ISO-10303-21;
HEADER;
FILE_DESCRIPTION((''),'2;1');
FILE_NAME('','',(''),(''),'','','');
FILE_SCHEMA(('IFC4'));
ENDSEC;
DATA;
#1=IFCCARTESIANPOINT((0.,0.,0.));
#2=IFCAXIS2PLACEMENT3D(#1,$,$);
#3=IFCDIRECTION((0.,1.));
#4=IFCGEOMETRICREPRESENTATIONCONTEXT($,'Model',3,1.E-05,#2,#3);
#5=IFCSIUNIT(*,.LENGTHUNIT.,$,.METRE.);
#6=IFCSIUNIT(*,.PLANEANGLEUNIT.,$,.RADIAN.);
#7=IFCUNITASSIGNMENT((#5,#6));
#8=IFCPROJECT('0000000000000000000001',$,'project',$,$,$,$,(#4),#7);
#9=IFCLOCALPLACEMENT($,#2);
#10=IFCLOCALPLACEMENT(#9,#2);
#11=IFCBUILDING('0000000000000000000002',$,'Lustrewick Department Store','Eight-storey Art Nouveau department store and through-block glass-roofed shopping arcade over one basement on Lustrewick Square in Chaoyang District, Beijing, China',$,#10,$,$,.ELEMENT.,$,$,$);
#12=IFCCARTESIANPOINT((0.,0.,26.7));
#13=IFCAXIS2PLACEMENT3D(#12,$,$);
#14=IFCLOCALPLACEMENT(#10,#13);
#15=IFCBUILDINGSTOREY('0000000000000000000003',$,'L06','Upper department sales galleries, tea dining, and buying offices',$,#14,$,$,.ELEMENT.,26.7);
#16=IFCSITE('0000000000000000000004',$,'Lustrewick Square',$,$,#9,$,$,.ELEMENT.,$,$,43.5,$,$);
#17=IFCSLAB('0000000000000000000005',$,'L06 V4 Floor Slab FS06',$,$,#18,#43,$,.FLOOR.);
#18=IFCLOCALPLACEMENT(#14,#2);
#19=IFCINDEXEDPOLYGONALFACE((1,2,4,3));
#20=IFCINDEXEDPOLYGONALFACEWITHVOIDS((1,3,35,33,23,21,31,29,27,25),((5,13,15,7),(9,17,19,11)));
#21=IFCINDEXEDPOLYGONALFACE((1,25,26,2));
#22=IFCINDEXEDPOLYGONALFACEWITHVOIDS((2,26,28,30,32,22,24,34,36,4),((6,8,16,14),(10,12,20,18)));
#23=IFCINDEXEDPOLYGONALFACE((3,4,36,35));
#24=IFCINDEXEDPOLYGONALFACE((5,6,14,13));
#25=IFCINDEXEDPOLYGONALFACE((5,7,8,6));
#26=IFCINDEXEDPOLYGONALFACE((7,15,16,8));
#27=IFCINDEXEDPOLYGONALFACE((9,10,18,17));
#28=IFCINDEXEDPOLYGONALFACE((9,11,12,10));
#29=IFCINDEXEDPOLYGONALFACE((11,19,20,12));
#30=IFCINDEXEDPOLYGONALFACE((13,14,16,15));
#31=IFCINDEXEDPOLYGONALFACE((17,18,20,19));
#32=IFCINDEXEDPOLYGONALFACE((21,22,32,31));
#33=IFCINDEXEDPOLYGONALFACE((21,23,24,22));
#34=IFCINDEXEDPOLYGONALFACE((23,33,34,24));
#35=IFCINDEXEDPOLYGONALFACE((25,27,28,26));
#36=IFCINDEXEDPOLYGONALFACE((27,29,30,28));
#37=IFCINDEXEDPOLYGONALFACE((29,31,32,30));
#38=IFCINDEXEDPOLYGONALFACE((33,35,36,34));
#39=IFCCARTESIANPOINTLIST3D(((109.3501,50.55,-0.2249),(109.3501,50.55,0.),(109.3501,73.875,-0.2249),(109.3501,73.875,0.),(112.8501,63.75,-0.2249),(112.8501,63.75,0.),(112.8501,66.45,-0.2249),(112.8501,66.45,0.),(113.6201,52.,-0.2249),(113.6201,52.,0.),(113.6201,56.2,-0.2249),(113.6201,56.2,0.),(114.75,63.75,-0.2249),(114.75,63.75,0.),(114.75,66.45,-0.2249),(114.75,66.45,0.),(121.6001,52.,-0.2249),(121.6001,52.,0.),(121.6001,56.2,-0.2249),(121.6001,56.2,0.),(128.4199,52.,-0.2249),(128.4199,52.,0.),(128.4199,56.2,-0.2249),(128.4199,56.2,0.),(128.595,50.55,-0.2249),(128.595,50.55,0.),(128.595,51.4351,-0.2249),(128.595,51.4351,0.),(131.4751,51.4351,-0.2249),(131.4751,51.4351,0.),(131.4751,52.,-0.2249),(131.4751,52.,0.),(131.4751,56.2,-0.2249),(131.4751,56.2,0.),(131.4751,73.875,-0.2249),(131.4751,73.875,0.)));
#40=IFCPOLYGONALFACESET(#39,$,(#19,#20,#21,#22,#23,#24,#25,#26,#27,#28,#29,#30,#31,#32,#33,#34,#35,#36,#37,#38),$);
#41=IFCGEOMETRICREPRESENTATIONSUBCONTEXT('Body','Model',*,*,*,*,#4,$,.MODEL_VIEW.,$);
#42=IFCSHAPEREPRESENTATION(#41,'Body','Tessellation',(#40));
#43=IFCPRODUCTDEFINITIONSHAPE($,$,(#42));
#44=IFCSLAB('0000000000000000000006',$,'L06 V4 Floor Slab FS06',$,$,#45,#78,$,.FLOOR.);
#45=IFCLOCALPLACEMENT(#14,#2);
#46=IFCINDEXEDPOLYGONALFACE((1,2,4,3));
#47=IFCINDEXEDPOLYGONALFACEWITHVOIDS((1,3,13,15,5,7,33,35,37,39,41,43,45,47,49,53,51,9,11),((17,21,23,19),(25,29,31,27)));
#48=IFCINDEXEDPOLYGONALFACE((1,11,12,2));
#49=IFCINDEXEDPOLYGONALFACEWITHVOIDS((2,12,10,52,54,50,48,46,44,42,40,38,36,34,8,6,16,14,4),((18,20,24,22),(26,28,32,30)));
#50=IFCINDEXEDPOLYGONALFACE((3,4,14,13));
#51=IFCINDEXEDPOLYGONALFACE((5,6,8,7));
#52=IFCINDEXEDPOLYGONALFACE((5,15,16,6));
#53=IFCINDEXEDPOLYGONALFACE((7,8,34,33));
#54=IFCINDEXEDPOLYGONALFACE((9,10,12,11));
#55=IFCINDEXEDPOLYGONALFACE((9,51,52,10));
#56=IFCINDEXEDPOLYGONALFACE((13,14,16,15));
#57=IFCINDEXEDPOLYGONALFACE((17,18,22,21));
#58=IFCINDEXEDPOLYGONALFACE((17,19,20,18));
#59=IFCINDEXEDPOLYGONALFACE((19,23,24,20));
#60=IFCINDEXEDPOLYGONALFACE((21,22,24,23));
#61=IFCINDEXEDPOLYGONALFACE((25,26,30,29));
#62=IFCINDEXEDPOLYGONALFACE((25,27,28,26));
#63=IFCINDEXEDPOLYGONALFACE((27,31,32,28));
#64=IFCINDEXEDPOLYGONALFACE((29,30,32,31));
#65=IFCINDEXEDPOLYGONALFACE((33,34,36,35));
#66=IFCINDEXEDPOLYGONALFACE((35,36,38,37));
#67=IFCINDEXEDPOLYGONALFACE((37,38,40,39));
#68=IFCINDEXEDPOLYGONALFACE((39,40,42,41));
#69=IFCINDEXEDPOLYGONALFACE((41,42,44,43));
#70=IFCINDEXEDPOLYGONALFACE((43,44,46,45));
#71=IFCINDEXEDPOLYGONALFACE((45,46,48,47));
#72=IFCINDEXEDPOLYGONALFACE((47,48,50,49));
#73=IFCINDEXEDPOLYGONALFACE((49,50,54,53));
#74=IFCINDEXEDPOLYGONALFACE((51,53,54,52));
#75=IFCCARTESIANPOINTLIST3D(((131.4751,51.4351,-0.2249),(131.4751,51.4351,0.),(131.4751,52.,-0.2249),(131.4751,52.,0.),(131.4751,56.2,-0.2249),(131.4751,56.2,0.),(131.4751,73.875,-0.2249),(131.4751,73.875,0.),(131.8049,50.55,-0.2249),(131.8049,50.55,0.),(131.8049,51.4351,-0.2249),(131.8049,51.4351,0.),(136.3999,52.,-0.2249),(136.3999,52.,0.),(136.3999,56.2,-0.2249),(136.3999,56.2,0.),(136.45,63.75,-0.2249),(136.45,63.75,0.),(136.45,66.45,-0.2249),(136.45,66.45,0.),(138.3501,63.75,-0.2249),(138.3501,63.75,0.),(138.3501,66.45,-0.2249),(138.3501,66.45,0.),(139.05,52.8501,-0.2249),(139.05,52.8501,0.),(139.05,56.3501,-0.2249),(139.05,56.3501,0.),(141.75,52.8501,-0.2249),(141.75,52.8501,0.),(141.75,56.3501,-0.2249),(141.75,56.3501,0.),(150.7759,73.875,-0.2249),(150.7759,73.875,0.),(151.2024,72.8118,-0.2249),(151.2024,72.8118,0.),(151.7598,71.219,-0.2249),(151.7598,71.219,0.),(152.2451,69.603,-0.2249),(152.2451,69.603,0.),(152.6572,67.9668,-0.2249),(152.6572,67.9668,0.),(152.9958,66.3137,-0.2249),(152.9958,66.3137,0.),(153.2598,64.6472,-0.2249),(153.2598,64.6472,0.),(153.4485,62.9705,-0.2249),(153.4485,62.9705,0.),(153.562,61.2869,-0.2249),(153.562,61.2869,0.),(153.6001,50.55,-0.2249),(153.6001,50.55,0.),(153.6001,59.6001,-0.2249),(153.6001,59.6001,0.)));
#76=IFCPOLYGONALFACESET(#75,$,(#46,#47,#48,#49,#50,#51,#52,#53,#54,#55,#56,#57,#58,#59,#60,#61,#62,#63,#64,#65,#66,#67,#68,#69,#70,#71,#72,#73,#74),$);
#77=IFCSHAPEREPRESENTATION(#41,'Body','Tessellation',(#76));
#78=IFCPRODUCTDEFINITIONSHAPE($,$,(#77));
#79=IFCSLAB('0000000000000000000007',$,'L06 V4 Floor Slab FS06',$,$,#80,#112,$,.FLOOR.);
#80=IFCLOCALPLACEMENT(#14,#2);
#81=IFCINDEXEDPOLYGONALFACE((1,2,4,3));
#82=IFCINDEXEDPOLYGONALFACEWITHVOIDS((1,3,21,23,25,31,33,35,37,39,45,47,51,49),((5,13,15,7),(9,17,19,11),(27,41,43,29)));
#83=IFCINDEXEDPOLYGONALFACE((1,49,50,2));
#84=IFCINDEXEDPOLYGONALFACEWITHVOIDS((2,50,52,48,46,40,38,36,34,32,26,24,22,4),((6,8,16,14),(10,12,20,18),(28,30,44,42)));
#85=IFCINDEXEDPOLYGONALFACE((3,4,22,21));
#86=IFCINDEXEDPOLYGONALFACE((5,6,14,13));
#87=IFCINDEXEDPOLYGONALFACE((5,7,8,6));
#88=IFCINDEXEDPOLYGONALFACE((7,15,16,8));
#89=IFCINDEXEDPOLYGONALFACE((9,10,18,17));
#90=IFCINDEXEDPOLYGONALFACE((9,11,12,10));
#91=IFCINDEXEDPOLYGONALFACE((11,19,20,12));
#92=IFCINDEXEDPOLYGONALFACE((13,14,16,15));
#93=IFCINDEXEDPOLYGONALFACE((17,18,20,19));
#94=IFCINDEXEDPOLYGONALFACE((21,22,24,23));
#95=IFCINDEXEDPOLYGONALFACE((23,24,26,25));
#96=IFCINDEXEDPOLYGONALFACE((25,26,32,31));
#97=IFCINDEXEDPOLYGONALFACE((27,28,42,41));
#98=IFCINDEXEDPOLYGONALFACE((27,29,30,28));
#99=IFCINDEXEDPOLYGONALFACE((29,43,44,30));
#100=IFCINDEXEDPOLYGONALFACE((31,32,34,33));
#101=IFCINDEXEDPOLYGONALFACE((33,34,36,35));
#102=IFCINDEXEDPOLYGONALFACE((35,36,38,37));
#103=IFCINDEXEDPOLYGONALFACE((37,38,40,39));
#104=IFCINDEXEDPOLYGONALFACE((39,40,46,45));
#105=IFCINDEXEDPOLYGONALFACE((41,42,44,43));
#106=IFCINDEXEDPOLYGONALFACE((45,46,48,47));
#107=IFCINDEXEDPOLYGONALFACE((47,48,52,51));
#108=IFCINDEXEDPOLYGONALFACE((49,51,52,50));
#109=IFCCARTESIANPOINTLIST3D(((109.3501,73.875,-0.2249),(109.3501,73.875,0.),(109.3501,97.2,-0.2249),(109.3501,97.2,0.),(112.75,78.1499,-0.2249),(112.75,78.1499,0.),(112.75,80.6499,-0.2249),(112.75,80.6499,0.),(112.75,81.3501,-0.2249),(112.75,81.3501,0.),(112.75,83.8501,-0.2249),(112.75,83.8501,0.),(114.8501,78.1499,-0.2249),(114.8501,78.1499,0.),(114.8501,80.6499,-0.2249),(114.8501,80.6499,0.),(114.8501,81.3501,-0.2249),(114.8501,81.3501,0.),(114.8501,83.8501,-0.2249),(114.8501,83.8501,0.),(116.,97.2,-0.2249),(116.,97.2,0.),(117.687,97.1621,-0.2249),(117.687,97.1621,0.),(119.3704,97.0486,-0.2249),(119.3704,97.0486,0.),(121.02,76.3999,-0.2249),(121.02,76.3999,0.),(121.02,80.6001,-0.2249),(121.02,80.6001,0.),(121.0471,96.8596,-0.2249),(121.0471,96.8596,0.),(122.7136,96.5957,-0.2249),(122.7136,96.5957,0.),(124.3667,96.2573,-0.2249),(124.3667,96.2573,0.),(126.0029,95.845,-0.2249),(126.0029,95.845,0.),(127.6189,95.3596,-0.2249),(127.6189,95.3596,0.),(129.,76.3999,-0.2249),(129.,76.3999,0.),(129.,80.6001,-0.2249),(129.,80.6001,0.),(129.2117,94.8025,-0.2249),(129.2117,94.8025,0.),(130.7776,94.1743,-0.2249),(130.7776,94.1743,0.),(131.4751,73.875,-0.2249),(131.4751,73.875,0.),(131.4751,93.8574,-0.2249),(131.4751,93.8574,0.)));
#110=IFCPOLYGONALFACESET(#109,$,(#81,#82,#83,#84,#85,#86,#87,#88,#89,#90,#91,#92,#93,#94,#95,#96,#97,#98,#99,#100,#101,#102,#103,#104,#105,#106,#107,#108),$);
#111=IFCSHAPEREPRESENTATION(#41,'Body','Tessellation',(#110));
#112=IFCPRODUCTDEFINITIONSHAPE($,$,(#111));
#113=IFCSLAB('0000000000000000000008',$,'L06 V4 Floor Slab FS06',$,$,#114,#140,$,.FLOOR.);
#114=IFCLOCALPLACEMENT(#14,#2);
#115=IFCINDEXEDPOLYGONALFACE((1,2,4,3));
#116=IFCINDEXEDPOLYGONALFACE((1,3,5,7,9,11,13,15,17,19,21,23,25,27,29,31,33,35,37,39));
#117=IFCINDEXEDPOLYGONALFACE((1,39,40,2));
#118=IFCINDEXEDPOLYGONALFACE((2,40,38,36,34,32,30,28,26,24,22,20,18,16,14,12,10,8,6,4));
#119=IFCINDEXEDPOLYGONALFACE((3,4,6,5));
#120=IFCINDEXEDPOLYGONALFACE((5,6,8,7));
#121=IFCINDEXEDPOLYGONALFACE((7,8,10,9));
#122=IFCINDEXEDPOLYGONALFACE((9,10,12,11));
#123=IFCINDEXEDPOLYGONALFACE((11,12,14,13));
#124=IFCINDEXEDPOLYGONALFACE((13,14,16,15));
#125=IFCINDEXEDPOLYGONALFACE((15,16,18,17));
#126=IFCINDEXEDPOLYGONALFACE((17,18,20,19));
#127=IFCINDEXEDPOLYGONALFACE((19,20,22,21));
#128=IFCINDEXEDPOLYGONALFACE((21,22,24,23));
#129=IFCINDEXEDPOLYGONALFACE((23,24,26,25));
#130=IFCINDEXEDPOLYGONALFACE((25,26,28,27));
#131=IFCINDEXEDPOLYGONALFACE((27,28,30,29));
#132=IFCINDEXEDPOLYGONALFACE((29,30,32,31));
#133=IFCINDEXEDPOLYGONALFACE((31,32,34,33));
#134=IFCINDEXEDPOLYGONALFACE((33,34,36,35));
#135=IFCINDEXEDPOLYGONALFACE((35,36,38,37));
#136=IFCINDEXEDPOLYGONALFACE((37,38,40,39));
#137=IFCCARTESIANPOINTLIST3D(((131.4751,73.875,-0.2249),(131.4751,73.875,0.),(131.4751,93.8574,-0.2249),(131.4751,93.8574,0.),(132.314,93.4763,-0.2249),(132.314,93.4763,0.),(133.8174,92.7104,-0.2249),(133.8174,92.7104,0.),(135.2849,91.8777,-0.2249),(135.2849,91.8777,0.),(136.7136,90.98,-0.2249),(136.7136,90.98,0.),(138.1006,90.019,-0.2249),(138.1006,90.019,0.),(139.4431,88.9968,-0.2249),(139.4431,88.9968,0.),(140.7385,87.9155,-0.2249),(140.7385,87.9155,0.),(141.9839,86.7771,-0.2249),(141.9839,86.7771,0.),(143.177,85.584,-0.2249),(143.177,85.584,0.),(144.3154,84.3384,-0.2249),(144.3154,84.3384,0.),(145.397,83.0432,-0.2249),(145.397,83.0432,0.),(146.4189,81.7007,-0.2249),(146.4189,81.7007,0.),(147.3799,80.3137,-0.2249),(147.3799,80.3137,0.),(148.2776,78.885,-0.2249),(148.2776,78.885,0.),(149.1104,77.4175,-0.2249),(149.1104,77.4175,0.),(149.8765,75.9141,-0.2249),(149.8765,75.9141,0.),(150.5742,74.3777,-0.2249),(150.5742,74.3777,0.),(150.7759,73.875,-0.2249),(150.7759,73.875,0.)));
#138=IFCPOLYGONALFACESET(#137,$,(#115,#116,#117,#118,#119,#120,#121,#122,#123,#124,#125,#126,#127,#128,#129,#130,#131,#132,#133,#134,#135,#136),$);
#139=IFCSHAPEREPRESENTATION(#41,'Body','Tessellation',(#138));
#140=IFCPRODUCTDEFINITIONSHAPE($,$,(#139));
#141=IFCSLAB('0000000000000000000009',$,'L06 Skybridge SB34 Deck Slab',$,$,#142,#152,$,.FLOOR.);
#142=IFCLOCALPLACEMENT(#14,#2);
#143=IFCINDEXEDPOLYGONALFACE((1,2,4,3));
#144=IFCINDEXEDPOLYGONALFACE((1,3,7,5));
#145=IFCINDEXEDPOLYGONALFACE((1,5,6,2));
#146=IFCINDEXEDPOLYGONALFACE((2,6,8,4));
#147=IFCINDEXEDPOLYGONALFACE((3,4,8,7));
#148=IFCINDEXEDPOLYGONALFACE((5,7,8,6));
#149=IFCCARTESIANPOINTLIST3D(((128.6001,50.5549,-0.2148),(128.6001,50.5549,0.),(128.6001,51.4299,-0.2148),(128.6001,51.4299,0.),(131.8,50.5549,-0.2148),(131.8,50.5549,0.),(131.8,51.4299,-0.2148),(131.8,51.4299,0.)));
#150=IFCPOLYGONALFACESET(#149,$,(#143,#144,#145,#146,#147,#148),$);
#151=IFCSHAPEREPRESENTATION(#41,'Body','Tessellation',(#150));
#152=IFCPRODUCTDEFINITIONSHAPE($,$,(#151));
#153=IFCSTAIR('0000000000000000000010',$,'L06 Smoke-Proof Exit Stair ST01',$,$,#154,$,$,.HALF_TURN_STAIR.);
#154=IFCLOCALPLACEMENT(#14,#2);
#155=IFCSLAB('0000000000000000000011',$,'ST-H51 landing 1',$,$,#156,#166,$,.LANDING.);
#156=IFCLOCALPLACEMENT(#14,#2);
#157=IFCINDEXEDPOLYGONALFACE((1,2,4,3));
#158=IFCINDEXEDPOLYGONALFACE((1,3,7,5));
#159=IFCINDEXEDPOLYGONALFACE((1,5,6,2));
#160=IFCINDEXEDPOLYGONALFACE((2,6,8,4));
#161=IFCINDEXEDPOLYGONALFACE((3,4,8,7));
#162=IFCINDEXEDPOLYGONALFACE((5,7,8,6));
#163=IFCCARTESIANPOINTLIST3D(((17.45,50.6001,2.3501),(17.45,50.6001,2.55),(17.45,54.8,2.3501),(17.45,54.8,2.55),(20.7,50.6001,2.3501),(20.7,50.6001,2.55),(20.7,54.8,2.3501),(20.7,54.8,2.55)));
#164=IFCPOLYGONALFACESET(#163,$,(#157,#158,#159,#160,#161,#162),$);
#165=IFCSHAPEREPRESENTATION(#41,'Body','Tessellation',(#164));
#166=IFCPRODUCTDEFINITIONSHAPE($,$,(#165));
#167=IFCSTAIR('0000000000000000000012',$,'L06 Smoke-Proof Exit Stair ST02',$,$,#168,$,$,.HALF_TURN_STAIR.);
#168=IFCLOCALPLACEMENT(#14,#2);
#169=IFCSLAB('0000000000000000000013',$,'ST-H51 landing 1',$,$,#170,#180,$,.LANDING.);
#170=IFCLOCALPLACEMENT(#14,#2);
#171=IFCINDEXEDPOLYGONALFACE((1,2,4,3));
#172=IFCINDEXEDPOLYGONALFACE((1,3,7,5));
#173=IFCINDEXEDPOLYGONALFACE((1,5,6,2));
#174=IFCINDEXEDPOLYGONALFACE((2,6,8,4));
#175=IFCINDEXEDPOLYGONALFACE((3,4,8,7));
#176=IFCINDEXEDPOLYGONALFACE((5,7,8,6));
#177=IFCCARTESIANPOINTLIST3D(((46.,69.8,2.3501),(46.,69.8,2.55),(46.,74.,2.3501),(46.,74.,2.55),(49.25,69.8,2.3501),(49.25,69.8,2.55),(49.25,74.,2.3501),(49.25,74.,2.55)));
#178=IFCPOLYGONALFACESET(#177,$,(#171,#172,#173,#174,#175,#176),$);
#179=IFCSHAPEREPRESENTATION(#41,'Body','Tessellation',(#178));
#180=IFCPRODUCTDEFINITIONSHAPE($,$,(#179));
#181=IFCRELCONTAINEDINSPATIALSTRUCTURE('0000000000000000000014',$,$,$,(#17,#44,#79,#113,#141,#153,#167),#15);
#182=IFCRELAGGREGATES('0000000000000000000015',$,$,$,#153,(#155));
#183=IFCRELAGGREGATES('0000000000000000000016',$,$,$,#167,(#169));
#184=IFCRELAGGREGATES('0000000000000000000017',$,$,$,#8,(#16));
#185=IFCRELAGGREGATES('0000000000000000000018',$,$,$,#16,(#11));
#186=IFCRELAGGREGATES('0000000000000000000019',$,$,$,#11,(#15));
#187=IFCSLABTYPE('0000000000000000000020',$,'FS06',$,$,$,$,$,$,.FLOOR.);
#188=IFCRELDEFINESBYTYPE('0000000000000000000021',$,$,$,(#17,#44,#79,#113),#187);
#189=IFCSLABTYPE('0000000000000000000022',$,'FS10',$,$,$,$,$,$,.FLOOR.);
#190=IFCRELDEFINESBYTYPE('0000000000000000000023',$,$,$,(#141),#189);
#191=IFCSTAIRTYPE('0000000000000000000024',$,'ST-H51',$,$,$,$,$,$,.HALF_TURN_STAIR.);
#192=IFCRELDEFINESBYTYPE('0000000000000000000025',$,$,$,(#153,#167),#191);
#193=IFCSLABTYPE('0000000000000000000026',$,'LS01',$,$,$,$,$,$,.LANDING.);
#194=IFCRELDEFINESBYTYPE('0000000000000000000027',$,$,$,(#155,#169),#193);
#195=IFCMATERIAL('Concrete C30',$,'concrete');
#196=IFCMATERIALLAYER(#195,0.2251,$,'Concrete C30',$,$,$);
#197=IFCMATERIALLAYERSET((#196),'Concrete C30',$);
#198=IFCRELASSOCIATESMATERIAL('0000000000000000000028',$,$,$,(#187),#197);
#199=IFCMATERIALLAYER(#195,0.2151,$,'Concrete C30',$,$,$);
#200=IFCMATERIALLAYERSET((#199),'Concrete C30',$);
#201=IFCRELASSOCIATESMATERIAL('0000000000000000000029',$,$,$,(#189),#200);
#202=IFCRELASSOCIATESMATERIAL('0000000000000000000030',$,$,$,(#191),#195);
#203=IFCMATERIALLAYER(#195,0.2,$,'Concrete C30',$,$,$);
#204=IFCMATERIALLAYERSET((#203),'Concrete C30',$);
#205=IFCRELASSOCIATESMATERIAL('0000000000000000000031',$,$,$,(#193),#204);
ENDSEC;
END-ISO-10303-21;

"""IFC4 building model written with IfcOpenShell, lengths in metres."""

from ifc_helpers import new_model, si_unit, direction, frame, origin, place, context, subcontext, project, spatial, polyline, outline, extrude, material, layer, layer_set, type_object, element, aggregate, save


model = new_model("IFC4")

# Units and contexts
model_context = context("Model", 3, precision=1e-05, world=origin(), true_north=direction((0.0, 1.0)))
body_context = subcontext(model_context, "Body", "Model", "MODEL_VIEW")
ifc_project = project(units=[si_unit("LENGTHUNIT", "METRE"), si_unit("PLANEANGLEUNIT", "RADIAN")], contexts=[model_context])

# Site, building, storey
site_placement = place(None, origin())
site = spatial("IfcSite", under=ifc_project, at=site_placement, Name="Lustrewick Square", CompositionType="ELEMENT", RefElevation=43.5)
building_placement = place(site_placement, origin())
building = spatial("IfcBuilding", under=site, at=building_placement, Name="Lustrewick Department Store", Description="Eight-storey Art Nouveau department store and through-block glass-roofed shopping arcade over one basement on Lustrewick Square in Chaoyang District, Beijing, China", CompositionType="ELEMENT")
storey_placement = place(building_placement, frame((0.0, 0.0, 26.7)))
storey = spatial("IfcBuildingStorey", under=building, at=storey_placement, Name="L06", Description="Upper department sales galleries, tea dining, and buying offices", CompositionType="ELEMENT", Elevation=26.7)

# Slabs
ifc_material_1 = material(Name="Concrete C30", Category="concrete")
ifc_layer_1 = layer(ifc_material_1, 0.2251, Name="Concrete C30")
ifc_layer_set_1 = layer_set([ifc_layer_1], Name="Concrete C30")
slab_type_1 = type_object("IfcSlabType", Name="FS06", PredefinedType="FLOOR", material=ifc_layer_set_1)
slab_1_placement = place(storey_placement, frame((0.0, 0.0, -0.2249)))
element("IfcSlab", 1, at=slab_1_placement, inside=storey, type_object=slab_type_1, Name="L06 V4 Floor Slab FS06", PredefinedType="FLOOR", context=body_context, shape_type="SweptSolid", body=[
    extrude(outline(polyline([(109.3501, 50.55), (128.595, 50.55), (128.595, 51.4351), (131.4751, 51.4351), (131.4751, 52.0), (128.4199, 52.0), (128.4199, 56.2), (131.4751, 56.2), (131.4751, 73.875), (109.3501, 73.875), (109.3501, 50.55)]), holes=[polyline([(113.6201, 52.0), (113.6201, 56.2), (121.6001, 56.2), (121.6001, 52.0), (113.6201, 52.0)]), polyline([(114.75, 63.75), (112.8501, 63.75), (112.8501, 66.45), (114.75, 66.45), (114.75, 63.75)])]), origin(), (0.0, 0.0, 1.0), 0.2249),
])
slab_2_placement = place(storey_placement, frame((0.0, 0.0, -0.2249)))
element("IfcSlab", 2, at=slab_2_placement, inside=storey, type_object=slab_type_1, Name="L06 V4 Floor Slab FS06", PredefinedType="FLOOR", context=body_context, shape_type="SweptSolid", body=[
    extrude(outline(polyline([(151.2024, 72.8118), (150.7759, 73.875), (131.4751, 73.875), (131.4751, 56.2), (136.3999, 56.2), (136.3999, 52.0), (131.4751, 52.0), (131.4751, 51.4351), (131.8049, 51.4351), (131.8049, 50.55), (153.6001, 50.55), (153.6001, 59.6001), (153.562, 61.2869), (153.4485, 62.9705), (153.2598, 64.6472), (152.9958, 66.3137), (152.6572, 67.9668), (152.2451, 69.603), (151.7598, 71.219), (151.2024, 72.8118)]), holes=[polyline([(141.75, 52.8501), (139.05, 52.8501), (139.05, 56.3501), (141.75, 56.3501), (141.75, 52.8501)]), polyline([(138.3501, 63.75), (136.45, 63.75), (136.45, 66.45), (138.3501, 66.45), (138.3501, 63.75)])]), origin(), (0.0, 0.0, 1.0), 0.2249),
])
slab_3_placement = place(storey_placement, frame((0.0, 0.0, -0.2249)))
element("IfcSlab", 3, at=slab_3_placement, inside=storey, type_object=slab_type_1, Name="L06 V4 Floor Slab FS06", PredefinedType="FLOOR", context=body_context, shape_type="SweptSolid", body=[
    extrude(outline(polyline([(109.3501, 97.2), (109.3501, 73.875), (131.4751, 73.875), (131.4751, 93.8574), (130.7776, 94.1743), (129.2117, 94.8025), (127.6189, 95.3596), (126.0029, 95.845), (124.3667, 96.2573), (122.7136, 96.5957), (121.0471, 96.8596), (119.3704, 97.0486), (117.687, 97.1621), (116.0, 97.2), (109.3501, 97.2)]), holes=[polyline([(121.02, 76.3999), (121.02, 80.6001), (129.0, 80.6001), (129.0, 76.3999), (121.02, 76.3999)]), polyline([(112.75, 78.1499), (112.75, 80.6499), (114.8501, 80.6499), (114.8501, 78.1499), (112.75, 78.1499)]), polyline([(112.75, 81.3501), (112.75, 83.8501), (114.8501, 83.8501), (114.8501, 81.3501), (112.75, 81.3501)])]), origin(), (0.0, 0.0, 1.0), 0.2249),
])
slab_4_placement = place(storey_placement, frame((0.0, 0.0, -0.2249)))
element("IfcSlab", 4, at=slab_4_placement, inside=storey, type_object=slab_type_1, Name="L06 V4 Floor Slab FS06", PredefinedType="FLOOR", context=body_context, shape_type="SweptSolid", body=[
    extrude(outline(polyline([(132.314, 93.4763), (131.4751, 93.8574), (131.4751, 73.875), (150.7759, 73.875), (150.5742, 74.3777), (149.8765, 75.9141), (149.1104, 77.4175), (148.2776, 78.885), (147.3799, 80.3137), (146.4189, 81.7007), (145.397, 83.0432), (144.3154, 84.3384), (143.177, 85.584), (141.9839, 86.7771), (140.7385, 87.9155), (139.4431, 88.9968), (138.1006, 90.019), (136.7136, 90.98), (135.2849, 91.8777), (133.8174, 92.7104), (132.314, 93.4763)])), origin(), (0.0, 0.0, 1.0), 0.2249),
])
ifc_layer_2 = layer(ifc_material_1, 0.2151, Name="Concrete C30")
ifc_layer_set_2 = layer_set([ifc_layer_2], Name="Concrete C30")
slab_type_2 = type_object("IfcSlabType", Name="FS10", PredefinedType="FLOOR", material=ifc_layer_set_2)
slab_5_placement = place(storey_placement, frame((0.0, 0.0, -0.2148)))
element("IfcSlab", 5, at=slab_5_placement, inside=storey, type_object=slab_type_2, Name="L06 Skybridge SB34 Deck Slab", PredefinedType="FLOOR", context=body_context, shape_type="SweptSolid", body=[
    extrude(outline(polyline([(131.8, 50.5549), (131.8, 51.4299), (128.6001, 51.4299), (128.6001, 50.5549), (131.8, 50.5549)])), origin(), (0.0, 0.0, 1.0), 0.2148),
])

# Stairs, slabs
stair_type = type_object("IfcStairType", Name="ST-H51", PredefinedType="HALF_TURN_STAIR", material=ifc_material_1)
stair_1_placement = place(storey_placement, origin())
stair_1 = element("IfcStair", 6, at=stair_1_placement, inside=storey, type_object=stair_type, Name="L06 Smoke-Proof Exit Stair ST01", PredefinedType="HALF_TURN_STAIR")
ifc_layer_3 = layer(ifc_material_1, 0.2, Name="Concrete C30")
ifc_layer_set_3 = layer_set([ifc_layer_3], Name="Concrete C30")
slab_type_3 = type_object("IfcSlabType", Name="LS01", PredefinedType="LANDING", material=ifc_layer_set_3)
slab_6_placement = place(storey_placement, frame((0.0, 0.0, 2.3501)))
slab_6 = element("IfcSlab", 7, at=slab_6_placement, type_object=slab_type_3, Name="ST-H51 landing 1", PredefinedType="LANDING", context=body_context, shape_type="SweptSolid", body=[
    extrude(outline(polyline([(17.45, 50.6001), (20.7, 50.6001), (20.7, 54.8), (17.45, 54.8), (17.45, 50.6001)])), origin(), (0.0, 0.0, 1.0), 0.2),
])
aggregate(stair_1, [slab_6])
stair_2_placement = place(storey_placement, origin())
stair_2 = element("IfcStair", 8, at=stair_2_placement, inside=storey, type_object=stair_type, Name="L06 Smoke-Proof Exit Stair ST02", PredefinedType="HALF_TURN_STAIR")
slab_7_placement = place(storey_placement, frame((0.0, 0.0, 2.3501)))
slab_7 = element("IfcSlab", 9, at=slab_7_placement, type_object=slab_type_3, Name="ST-H51 landing 1", PredefinedType="LANDING", context=body_context, shape_type="SweptSolid", body=[
    extrude(outline(polyline([(49.25, 74.0), (46.0, 74.0), (46.0, 69.8), (49.25, 69.8), (49.25, 74.0)])), origin(), (0.0, 0.0, 1.0), 0.2),
])
aggregate(stair_2, [slab_7])

save(model, "model.ifc")
